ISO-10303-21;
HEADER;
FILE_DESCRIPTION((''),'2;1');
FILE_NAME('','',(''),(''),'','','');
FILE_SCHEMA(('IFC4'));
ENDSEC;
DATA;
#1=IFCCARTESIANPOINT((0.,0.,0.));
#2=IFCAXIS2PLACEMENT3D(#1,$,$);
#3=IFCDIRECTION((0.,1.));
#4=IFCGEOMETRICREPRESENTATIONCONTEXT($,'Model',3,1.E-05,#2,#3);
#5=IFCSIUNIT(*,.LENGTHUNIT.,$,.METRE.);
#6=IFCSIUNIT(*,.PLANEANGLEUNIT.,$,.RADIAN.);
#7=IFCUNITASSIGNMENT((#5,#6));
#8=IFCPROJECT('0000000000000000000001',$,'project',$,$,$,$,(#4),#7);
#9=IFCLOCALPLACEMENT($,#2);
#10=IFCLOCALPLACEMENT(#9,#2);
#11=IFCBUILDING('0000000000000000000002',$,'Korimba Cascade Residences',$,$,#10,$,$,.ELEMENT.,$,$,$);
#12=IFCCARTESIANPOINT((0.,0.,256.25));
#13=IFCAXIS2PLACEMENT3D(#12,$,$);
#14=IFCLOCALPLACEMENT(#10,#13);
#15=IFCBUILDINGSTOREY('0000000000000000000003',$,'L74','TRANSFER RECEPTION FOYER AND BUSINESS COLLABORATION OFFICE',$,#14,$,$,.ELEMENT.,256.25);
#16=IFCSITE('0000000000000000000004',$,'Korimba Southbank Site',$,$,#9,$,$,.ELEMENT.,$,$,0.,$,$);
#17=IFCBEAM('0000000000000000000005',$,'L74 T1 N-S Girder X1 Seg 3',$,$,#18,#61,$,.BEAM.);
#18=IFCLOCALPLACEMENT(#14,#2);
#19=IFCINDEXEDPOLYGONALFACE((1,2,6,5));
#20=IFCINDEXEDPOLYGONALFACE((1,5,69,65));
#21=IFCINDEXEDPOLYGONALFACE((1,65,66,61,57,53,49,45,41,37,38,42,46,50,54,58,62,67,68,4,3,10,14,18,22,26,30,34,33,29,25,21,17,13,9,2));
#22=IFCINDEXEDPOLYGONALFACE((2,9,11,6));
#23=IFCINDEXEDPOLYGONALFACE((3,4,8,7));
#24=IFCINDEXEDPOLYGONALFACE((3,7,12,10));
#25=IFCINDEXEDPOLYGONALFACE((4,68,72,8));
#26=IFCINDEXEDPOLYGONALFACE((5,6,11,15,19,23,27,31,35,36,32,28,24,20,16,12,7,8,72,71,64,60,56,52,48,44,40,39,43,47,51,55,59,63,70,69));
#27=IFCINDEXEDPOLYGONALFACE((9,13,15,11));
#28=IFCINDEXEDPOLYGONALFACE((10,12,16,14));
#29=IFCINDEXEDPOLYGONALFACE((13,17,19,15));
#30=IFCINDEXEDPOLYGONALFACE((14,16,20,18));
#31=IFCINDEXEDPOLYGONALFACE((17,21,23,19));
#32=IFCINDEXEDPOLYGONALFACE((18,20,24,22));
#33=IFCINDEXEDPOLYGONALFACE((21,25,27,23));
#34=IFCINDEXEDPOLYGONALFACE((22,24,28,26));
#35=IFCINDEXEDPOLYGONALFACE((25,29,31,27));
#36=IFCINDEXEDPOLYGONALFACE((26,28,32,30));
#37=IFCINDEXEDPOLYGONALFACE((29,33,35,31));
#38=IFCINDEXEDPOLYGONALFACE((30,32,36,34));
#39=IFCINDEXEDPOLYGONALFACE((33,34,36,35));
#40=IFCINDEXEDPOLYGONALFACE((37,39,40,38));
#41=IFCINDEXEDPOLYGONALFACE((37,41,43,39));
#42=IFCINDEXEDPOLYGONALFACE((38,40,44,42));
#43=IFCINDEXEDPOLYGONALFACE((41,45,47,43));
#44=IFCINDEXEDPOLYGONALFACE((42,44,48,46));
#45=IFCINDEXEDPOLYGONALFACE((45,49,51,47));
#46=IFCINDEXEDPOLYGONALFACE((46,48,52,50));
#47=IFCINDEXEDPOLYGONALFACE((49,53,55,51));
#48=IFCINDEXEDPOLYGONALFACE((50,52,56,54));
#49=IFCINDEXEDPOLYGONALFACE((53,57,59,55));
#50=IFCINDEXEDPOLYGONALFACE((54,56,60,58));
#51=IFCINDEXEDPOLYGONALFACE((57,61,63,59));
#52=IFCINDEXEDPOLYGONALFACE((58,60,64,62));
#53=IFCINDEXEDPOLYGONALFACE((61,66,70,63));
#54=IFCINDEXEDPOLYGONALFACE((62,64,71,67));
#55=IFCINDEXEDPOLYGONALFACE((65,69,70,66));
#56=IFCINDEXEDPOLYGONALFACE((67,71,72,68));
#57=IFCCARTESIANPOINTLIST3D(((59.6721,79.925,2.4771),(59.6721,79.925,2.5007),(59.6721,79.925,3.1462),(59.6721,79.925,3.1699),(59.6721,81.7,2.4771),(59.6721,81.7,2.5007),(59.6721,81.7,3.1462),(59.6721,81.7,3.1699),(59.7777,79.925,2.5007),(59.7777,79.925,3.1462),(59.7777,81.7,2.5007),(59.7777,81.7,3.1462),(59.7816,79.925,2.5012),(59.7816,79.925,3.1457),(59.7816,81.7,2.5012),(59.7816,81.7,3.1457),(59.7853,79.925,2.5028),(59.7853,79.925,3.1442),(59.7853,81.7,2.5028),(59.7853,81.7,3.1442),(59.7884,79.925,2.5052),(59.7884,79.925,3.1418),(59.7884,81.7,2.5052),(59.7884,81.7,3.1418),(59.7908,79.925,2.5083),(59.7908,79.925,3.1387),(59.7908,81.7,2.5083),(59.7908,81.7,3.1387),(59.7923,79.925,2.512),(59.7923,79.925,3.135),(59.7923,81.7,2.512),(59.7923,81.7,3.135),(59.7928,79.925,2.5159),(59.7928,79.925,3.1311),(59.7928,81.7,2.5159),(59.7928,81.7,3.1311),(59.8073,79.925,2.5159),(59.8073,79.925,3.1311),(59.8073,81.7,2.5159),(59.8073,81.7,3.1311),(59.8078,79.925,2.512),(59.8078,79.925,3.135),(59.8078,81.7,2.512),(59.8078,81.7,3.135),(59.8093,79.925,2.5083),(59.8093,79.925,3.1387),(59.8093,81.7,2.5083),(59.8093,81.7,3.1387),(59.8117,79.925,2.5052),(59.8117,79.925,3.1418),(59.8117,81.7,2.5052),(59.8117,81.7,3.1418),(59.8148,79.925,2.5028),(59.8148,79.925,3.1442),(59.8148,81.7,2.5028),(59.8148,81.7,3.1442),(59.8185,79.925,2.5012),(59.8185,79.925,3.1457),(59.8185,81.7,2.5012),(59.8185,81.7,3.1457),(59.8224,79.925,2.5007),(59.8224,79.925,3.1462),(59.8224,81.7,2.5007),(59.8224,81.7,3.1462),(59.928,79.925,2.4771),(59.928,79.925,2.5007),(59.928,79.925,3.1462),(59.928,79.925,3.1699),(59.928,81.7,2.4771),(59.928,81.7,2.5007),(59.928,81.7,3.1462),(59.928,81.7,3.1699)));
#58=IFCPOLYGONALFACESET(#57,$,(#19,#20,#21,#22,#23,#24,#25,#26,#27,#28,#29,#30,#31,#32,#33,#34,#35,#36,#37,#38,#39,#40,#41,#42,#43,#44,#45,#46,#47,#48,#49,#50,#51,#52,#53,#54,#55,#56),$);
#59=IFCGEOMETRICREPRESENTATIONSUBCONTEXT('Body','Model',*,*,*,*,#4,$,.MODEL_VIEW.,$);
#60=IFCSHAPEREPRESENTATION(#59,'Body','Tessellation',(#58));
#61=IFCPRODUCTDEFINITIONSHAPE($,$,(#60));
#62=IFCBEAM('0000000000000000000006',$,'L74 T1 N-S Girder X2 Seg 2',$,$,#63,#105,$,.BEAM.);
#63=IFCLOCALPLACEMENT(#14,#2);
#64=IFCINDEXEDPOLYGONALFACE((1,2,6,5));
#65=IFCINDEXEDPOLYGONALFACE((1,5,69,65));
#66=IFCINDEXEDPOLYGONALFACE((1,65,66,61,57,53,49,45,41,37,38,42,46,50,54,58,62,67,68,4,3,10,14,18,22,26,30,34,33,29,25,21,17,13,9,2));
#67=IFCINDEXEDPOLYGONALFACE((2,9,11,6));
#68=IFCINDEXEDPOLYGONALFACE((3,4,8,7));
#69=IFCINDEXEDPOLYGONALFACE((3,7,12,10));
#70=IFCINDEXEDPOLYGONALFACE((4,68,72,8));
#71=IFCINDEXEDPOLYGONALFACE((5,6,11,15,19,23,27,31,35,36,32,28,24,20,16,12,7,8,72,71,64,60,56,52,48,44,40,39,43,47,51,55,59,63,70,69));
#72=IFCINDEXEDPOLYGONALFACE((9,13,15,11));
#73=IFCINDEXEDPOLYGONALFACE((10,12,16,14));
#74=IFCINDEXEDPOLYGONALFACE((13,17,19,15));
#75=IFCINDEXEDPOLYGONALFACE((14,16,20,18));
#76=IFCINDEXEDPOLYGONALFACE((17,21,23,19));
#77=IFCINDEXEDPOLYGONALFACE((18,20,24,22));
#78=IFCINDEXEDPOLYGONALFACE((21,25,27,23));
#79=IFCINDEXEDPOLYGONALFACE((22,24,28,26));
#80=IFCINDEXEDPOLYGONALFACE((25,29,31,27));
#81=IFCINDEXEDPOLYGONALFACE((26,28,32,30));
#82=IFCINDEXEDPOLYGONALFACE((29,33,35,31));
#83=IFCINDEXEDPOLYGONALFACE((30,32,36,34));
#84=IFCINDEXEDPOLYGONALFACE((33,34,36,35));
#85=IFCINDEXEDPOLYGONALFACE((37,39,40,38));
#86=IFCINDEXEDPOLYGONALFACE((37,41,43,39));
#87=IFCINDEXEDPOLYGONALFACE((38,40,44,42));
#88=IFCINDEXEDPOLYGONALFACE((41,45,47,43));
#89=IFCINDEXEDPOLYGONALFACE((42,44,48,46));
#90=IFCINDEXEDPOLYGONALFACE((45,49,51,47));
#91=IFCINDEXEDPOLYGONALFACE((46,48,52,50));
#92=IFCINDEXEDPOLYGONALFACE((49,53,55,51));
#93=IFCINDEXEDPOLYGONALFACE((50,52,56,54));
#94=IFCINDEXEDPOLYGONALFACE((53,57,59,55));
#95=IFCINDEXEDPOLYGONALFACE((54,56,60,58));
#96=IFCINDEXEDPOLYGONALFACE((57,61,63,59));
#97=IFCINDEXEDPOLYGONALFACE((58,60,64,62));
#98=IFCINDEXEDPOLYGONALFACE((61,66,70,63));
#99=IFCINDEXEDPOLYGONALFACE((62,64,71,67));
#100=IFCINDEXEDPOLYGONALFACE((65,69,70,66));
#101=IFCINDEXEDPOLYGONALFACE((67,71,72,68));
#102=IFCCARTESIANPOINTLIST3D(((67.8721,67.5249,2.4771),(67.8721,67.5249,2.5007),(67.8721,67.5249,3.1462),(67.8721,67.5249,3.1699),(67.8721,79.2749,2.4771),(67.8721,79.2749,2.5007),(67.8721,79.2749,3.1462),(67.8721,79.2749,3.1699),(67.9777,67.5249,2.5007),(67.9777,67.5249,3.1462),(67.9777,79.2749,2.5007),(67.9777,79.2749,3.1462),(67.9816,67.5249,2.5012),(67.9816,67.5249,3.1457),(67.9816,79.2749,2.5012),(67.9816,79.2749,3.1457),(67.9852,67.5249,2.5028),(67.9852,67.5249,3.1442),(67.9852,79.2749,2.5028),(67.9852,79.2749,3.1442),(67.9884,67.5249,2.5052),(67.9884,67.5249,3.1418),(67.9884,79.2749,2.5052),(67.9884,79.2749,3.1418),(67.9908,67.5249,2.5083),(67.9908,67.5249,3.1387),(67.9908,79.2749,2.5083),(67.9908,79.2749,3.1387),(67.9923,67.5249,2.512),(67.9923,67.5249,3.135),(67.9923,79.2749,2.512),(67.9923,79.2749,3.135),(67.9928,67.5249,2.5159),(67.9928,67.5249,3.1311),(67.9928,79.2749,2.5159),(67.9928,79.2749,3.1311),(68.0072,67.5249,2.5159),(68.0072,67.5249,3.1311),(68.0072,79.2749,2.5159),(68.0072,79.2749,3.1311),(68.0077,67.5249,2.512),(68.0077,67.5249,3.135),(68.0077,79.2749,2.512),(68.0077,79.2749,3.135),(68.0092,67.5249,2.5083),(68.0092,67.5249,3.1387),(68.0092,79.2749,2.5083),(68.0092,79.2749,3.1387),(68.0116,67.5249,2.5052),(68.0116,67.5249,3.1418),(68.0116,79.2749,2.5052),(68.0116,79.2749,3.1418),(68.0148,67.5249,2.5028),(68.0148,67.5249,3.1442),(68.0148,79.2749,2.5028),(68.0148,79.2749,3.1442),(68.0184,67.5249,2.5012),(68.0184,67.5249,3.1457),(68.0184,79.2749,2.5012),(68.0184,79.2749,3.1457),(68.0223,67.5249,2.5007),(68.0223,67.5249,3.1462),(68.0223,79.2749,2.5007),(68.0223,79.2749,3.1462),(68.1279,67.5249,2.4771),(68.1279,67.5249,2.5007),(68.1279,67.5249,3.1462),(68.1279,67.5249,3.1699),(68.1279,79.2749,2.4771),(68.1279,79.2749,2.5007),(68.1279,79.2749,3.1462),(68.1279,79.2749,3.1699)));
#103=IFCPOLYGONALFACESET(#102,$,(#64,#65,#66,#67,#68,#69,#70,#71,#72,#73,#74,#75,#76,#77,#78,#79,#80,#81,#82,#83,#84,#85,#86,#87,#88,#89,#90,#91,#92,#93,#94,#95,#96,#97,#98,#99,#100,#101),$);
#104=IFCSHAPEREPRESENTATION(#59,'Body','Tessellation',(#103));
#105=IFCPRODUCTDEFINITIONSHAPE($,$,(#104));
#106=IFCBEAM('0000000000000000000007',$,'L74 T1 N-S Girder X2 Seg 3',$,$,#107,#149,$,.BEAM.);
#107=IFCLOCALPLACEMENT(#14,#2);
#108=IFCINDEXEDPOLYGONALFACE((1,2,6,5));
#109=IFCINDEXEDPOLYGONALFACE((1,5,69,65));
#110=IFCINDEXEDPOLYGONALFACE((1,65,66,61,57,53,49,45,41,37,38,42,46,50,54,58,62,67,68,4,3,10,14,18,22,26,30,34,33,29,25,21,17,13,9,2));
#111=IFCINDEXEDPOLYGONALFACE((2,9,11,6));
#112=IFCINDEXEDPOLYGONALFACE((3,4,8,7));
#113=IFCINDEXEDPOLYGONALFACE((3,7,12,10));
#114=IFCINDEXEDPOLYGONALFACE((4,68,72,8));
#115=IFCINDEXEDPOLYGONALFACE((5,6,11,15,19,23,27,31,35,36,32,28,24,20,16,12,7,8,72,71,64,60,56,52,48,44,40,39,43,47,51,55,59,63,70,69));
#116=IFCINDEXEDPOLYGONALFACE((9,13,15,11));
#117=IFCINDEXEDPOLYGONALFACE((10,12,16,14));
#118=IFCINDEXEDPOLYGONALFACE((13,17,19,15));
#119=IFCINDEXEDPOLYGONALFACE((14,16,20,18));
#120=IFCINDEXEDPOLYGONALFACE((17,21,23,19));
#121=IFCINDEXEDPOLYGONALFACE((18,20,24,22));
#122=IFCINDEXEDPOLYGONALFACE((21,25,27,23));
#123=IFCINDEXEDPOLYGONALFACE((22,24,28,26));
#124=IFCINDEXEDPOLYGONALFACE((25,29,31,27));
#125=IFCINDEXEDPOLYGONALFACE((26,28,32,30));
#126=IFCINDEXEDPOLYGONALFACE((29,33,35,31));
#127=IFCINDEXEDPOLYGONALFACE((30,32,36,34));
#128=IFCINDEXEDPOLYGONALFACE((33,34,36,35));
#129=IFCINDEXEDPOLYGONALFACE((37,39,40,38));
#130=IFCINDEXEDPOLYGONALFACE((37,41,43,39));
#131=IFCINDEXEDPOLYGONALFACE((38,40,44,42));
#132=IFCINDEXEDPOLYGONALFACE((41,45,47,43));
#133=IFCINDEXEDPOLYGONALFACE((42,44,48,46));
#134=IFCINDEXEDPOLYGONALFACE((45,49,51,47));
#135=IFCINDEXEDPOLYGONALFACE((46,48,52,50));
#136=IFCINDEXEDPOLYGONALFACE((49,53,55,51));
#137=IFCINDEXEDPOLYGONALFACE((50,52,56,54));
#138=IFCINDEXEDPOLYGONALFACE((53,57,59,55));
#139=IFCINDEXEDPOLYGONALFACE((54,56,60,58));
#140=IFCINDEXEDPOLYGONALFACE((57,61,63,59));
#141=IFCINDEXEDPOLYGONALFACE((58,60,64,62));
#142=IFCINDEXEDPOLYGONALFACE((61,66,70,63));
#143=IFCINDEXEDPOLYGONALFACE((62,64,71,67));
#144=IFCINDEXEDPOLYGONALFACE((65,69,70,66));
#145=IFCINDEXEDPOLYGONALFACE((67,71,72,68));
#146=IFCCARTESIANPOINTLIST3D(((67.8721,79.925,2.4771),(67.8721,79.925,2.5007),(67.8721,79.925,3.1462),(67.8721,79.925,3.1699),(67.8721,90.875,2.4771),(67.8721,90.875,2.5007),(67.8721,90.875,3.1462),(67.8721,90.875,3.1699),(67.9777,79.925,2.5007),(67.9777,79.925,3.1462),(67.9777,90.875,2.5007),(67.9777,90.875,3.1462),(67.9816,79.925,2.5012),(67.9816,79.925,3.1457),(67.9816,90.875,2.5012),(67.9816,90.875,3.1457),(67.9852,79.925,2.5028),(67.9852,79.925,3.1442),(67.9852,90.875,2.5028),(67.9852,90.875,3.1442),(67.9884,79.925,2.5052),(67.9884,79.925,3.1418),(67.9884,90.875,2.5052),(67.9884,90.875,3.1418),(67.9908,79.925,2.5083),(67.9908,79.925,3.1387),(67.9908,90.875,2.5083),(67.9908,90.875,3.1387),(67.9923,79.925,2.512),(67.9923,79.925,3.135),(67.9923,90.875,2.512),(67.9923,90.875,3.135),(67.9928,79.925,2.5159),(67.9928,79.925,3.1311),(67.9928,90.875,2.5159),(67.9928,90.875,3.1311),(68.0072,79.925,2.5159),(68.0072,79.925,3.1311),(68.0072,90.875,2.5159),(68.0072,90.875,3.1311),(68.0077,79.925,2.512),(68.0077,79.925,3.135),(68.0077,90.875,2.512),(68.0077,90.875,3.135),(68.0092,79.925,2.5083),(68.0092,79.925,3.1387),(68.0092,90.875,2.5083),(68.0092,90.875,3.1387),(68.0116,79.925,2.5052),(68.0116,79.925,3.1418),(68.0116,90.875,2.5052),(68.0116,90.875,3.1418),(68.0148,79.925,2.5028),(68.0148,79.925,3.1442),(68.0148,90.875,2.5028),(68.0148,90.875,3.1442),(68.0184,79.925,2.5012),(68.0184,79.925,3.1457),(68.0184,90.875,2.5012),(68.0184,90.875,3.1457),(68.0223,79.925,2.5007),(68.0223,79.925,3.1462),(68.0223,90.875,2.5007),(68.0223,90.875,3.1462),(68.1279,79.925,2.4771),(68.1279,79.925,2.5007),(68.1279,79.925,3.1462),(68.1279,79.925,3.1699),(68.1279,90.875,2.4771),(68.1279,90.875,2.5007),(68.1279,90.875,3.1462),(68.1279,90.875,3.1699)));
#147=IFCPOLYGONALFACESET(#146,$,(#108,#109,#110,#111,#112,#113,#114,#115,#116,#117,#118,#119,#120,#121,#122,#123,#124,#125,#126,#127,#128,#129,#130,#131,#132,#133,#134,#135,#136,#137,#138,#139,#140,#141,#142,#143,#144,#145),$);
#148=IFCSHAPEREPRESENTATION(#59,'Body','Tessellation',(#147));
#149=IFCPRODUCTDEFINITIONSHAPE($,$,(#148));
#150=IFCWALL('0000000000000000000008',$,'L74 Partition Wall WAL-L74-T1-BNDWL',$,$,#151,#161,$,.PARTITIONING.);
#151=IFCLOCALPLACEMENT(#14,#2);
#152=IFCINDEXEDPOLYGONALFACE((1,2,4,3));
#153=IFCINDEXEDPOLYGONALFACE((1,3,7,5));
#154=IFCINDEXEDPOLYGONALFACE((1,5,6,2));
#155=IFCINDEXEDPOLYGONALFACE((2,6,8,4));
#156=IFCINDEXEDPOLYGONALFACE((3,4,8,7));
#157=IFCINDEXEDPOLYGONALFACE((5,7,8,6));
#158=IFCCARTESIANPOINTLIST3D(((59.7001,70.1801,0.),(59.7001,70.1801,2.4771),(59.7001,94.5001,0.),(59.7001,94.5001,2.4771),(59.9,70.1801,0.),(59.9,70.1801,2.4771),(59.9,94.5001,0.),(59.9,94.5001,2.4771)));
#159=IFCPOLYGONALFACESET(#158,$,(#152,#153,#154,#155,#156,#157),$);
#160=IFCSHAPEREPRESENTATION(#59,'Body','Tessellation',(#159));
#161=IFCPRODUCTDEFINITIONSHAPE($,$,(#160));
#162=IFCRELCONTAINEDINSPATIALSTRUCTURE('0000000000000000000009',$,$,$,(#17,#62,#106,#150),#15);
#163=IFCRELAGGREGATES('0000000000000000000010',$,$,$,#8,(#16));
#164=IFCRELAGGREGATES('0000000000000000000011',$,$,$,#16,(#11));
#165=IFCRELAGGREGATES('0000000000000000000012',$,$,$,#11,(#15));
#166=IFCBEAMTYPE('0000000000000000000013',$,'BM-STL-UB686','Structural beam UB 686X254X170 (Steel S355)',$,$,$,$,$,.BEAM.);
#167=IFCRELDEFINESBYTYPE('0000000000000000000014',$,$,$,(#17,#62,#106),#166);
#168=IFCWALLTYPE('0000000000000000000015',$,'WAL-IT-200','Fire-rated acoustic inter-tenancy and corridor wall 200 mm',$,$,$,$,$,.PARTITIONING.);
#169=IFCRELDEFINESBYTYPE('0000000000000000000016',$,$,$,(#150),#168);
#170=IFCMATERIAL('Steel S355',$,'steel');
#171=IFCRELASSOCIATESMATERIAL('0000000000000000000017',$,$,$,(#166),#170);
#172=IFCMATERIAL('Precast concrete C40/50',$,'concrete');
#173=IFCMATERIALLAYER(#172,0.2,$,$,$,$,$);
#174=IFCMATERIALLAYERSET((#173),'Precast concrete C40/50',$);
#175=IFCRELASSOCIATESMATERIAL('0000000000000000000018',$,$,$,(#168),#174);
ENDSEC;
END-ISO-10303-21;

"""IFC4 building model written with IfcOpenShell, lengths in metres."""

from ifc_helpers import new_model, si_unit, direction, frame, frame_2d, origin, origin_2d, place, context, subcontext, project, spatial, rectangle, i_section, extrude, material, layer, layer_set, material_profile, profile_set, type_object, element, save


model = new_model("IFC4")

# Units and contexts
model_context = context("Model", 3, precision=1e-05, world=origin(), true_north=direction((0.0, 1.0)))
body_context = subcontext(model_context, "Body", "Model", "MODEL_VIEW")
ifc_project = project(units=[si_unit("LENGTHUNIT", "METRE"), si_unit("PLANEANGLEUNIT", "RADIAN")], contexts=[model_context])

# Site, building, storey
site_placement = place(None, origin())
site = spatial("IfcSite", under=ifc_project, at=site_placement, Name="Korimba Southbank Site", CompositionType="ELEMENT", RefElevation=0.0)
building_placement = place(site_placement, origin())
building = spatial("IfcBuilding", under=site, at=building_placement, Name="Korimba Cascade Residences", CompositionType="ELEMENT")
storey_placement = place(building_placement, frame((0.0, 0.0, 256.25)))
storey = spatial("IfcBuildingStorey", under=building, at=storey_placement, Name="L74", Description="TRANSFER RECEPTION FOYER AND BUSINESS COLLABORATION OFFICE", CompositionType="ELEMENT", Elevation=256.25)

# Beams
ifc_material_1 = material(Name="Steel S355", Category="steel")
ifc_material_profile_1 = material_profile(ifc_material_1, i_section(OverallWidth=0.2559, OverallDepth=0.6929, WebThickness=0.0144, FlangeThickness=0.0237, FilletRadius=0.0151, at=origin_2d()), Name="Steel S355")
ifc_profile_set_1 = profile_set([ifc_material_profile_1], Name="Steel S355")
beam_type_1 = type_object("IfcBeamType", Name="BM-STL-UB686", Description="Structural beam UB 686X254X170 (Steel S355)", PredefinedType="BEAM", material=ifc_profile_set_1)
beam_1_placement = place(storey_placement, frame((59.8, 79.925, 2.8235), z_axis=(0.0, 1.0, 0.0), x_axis=(-1.0, 0.0, 0.0)))
element("IfcBeam", 1, at=beam_1_placement, inside=storey, type_object=beam_type_1, Name="L74 T1 N-S Girder X1 Seg 3", PredefinedType="BEAM", context=body_context, shape_type="SweptSolid", body=[
    extrude(i_section(OverallWidth=0.2559, OverallDepth=0.6929, WebThickness=0.0144, FlangeThickness=0.0237, FilletRadius=0.0151, at=origin_2d()), origin(), (0.0, 0.0, 1.0), 1.7749),
])
beam_2_placement = place(storey_placement, frame((68.0, 67.5249, 2.8235), z_axis=(0.0, 1.0, 0.0), x_axis=(-1.0, 0.0, 0.0)))
element("IfcBeam", 2, at=beam_2_placement, inside=storey, type_object=beam_type_1, Name="L74 T1 N-S Girder X2 Seg 2", PredefinedType="BEAM", context=body_context, shape_type="SweptSolid", body=[
    extrude(i_section(OverallWidth=0.2559, OverallDepth=0.6929, WebThickness=0.0144, FlangeThickness=0.0237, FilletRadius=0.0151, at=origin_2d()), origin(), (0.0, 0.0, 1.0), 11.75),
])
beam_3_placement = place(storey_placement, frame((68.0, 79.925, 2.8235), z_axis=(0.0, 1.0, 0.0), x_axis=(-1.0, 0.0, 0.0)))
element("IfcBeam", 3, at=beam_3_placement, inside=storey, type_object=beam_type_1, Name="L74 T1 N-S Girder X2 Seg 3", PredefinedType="BEAM", context=body_context, shape_type="SweptSolid", body=[
    extrude(i_section(OverallWidth=0.2559, OverallDepth=0.6929, WebThickness=0.0144, FlangeThickness=0.0237, FilletRadius=0.0151, at=origin_2d()), origin(), (0.0, 0.0, 1.0), 10.95),
])

# Wall
ifc_material_2 = material(Name="Precast concrete C40/50", Category="concrete")
ifc_layer_1 = layer(ifc_material_2, 0.2)
ifc_layer_set_1 = layer_set([ifc_layer_1], Name="Precast concrete C40/50")
wall_type_1 = type_object("IfcWallType", Name="WAL-IT-200", Description="Fire-rated acoustic inter-tenancy and corridor wall 200 mm", PredefinedType="PARTITIONING", material=ifc_layer_set_1)
wall_1_placement = place(storey_placement, frame((59.8, 70.1799, 0.0), z_axis=(0.0, 0.0, 1.0), x_axis=(0.0, 1.0, 0.0)))
element("IfcWall", 4, at=wall_1_placement, inside=storey, type_object=wall_type_1, Name="L74 Partition Wall WAL-L74-T1-BNDWL", PredefinedType="PARTITIONING", context=body_context, shape_type="SweptSolid", body=[
    extrude(rectangle(XDim=24.3201, YDim=0.2, at=frame_2d((12.1602, 0.0))), origin(), (0.0, 0.0, 1.0), 2.4771),
])

save(model, "model.ifc")
